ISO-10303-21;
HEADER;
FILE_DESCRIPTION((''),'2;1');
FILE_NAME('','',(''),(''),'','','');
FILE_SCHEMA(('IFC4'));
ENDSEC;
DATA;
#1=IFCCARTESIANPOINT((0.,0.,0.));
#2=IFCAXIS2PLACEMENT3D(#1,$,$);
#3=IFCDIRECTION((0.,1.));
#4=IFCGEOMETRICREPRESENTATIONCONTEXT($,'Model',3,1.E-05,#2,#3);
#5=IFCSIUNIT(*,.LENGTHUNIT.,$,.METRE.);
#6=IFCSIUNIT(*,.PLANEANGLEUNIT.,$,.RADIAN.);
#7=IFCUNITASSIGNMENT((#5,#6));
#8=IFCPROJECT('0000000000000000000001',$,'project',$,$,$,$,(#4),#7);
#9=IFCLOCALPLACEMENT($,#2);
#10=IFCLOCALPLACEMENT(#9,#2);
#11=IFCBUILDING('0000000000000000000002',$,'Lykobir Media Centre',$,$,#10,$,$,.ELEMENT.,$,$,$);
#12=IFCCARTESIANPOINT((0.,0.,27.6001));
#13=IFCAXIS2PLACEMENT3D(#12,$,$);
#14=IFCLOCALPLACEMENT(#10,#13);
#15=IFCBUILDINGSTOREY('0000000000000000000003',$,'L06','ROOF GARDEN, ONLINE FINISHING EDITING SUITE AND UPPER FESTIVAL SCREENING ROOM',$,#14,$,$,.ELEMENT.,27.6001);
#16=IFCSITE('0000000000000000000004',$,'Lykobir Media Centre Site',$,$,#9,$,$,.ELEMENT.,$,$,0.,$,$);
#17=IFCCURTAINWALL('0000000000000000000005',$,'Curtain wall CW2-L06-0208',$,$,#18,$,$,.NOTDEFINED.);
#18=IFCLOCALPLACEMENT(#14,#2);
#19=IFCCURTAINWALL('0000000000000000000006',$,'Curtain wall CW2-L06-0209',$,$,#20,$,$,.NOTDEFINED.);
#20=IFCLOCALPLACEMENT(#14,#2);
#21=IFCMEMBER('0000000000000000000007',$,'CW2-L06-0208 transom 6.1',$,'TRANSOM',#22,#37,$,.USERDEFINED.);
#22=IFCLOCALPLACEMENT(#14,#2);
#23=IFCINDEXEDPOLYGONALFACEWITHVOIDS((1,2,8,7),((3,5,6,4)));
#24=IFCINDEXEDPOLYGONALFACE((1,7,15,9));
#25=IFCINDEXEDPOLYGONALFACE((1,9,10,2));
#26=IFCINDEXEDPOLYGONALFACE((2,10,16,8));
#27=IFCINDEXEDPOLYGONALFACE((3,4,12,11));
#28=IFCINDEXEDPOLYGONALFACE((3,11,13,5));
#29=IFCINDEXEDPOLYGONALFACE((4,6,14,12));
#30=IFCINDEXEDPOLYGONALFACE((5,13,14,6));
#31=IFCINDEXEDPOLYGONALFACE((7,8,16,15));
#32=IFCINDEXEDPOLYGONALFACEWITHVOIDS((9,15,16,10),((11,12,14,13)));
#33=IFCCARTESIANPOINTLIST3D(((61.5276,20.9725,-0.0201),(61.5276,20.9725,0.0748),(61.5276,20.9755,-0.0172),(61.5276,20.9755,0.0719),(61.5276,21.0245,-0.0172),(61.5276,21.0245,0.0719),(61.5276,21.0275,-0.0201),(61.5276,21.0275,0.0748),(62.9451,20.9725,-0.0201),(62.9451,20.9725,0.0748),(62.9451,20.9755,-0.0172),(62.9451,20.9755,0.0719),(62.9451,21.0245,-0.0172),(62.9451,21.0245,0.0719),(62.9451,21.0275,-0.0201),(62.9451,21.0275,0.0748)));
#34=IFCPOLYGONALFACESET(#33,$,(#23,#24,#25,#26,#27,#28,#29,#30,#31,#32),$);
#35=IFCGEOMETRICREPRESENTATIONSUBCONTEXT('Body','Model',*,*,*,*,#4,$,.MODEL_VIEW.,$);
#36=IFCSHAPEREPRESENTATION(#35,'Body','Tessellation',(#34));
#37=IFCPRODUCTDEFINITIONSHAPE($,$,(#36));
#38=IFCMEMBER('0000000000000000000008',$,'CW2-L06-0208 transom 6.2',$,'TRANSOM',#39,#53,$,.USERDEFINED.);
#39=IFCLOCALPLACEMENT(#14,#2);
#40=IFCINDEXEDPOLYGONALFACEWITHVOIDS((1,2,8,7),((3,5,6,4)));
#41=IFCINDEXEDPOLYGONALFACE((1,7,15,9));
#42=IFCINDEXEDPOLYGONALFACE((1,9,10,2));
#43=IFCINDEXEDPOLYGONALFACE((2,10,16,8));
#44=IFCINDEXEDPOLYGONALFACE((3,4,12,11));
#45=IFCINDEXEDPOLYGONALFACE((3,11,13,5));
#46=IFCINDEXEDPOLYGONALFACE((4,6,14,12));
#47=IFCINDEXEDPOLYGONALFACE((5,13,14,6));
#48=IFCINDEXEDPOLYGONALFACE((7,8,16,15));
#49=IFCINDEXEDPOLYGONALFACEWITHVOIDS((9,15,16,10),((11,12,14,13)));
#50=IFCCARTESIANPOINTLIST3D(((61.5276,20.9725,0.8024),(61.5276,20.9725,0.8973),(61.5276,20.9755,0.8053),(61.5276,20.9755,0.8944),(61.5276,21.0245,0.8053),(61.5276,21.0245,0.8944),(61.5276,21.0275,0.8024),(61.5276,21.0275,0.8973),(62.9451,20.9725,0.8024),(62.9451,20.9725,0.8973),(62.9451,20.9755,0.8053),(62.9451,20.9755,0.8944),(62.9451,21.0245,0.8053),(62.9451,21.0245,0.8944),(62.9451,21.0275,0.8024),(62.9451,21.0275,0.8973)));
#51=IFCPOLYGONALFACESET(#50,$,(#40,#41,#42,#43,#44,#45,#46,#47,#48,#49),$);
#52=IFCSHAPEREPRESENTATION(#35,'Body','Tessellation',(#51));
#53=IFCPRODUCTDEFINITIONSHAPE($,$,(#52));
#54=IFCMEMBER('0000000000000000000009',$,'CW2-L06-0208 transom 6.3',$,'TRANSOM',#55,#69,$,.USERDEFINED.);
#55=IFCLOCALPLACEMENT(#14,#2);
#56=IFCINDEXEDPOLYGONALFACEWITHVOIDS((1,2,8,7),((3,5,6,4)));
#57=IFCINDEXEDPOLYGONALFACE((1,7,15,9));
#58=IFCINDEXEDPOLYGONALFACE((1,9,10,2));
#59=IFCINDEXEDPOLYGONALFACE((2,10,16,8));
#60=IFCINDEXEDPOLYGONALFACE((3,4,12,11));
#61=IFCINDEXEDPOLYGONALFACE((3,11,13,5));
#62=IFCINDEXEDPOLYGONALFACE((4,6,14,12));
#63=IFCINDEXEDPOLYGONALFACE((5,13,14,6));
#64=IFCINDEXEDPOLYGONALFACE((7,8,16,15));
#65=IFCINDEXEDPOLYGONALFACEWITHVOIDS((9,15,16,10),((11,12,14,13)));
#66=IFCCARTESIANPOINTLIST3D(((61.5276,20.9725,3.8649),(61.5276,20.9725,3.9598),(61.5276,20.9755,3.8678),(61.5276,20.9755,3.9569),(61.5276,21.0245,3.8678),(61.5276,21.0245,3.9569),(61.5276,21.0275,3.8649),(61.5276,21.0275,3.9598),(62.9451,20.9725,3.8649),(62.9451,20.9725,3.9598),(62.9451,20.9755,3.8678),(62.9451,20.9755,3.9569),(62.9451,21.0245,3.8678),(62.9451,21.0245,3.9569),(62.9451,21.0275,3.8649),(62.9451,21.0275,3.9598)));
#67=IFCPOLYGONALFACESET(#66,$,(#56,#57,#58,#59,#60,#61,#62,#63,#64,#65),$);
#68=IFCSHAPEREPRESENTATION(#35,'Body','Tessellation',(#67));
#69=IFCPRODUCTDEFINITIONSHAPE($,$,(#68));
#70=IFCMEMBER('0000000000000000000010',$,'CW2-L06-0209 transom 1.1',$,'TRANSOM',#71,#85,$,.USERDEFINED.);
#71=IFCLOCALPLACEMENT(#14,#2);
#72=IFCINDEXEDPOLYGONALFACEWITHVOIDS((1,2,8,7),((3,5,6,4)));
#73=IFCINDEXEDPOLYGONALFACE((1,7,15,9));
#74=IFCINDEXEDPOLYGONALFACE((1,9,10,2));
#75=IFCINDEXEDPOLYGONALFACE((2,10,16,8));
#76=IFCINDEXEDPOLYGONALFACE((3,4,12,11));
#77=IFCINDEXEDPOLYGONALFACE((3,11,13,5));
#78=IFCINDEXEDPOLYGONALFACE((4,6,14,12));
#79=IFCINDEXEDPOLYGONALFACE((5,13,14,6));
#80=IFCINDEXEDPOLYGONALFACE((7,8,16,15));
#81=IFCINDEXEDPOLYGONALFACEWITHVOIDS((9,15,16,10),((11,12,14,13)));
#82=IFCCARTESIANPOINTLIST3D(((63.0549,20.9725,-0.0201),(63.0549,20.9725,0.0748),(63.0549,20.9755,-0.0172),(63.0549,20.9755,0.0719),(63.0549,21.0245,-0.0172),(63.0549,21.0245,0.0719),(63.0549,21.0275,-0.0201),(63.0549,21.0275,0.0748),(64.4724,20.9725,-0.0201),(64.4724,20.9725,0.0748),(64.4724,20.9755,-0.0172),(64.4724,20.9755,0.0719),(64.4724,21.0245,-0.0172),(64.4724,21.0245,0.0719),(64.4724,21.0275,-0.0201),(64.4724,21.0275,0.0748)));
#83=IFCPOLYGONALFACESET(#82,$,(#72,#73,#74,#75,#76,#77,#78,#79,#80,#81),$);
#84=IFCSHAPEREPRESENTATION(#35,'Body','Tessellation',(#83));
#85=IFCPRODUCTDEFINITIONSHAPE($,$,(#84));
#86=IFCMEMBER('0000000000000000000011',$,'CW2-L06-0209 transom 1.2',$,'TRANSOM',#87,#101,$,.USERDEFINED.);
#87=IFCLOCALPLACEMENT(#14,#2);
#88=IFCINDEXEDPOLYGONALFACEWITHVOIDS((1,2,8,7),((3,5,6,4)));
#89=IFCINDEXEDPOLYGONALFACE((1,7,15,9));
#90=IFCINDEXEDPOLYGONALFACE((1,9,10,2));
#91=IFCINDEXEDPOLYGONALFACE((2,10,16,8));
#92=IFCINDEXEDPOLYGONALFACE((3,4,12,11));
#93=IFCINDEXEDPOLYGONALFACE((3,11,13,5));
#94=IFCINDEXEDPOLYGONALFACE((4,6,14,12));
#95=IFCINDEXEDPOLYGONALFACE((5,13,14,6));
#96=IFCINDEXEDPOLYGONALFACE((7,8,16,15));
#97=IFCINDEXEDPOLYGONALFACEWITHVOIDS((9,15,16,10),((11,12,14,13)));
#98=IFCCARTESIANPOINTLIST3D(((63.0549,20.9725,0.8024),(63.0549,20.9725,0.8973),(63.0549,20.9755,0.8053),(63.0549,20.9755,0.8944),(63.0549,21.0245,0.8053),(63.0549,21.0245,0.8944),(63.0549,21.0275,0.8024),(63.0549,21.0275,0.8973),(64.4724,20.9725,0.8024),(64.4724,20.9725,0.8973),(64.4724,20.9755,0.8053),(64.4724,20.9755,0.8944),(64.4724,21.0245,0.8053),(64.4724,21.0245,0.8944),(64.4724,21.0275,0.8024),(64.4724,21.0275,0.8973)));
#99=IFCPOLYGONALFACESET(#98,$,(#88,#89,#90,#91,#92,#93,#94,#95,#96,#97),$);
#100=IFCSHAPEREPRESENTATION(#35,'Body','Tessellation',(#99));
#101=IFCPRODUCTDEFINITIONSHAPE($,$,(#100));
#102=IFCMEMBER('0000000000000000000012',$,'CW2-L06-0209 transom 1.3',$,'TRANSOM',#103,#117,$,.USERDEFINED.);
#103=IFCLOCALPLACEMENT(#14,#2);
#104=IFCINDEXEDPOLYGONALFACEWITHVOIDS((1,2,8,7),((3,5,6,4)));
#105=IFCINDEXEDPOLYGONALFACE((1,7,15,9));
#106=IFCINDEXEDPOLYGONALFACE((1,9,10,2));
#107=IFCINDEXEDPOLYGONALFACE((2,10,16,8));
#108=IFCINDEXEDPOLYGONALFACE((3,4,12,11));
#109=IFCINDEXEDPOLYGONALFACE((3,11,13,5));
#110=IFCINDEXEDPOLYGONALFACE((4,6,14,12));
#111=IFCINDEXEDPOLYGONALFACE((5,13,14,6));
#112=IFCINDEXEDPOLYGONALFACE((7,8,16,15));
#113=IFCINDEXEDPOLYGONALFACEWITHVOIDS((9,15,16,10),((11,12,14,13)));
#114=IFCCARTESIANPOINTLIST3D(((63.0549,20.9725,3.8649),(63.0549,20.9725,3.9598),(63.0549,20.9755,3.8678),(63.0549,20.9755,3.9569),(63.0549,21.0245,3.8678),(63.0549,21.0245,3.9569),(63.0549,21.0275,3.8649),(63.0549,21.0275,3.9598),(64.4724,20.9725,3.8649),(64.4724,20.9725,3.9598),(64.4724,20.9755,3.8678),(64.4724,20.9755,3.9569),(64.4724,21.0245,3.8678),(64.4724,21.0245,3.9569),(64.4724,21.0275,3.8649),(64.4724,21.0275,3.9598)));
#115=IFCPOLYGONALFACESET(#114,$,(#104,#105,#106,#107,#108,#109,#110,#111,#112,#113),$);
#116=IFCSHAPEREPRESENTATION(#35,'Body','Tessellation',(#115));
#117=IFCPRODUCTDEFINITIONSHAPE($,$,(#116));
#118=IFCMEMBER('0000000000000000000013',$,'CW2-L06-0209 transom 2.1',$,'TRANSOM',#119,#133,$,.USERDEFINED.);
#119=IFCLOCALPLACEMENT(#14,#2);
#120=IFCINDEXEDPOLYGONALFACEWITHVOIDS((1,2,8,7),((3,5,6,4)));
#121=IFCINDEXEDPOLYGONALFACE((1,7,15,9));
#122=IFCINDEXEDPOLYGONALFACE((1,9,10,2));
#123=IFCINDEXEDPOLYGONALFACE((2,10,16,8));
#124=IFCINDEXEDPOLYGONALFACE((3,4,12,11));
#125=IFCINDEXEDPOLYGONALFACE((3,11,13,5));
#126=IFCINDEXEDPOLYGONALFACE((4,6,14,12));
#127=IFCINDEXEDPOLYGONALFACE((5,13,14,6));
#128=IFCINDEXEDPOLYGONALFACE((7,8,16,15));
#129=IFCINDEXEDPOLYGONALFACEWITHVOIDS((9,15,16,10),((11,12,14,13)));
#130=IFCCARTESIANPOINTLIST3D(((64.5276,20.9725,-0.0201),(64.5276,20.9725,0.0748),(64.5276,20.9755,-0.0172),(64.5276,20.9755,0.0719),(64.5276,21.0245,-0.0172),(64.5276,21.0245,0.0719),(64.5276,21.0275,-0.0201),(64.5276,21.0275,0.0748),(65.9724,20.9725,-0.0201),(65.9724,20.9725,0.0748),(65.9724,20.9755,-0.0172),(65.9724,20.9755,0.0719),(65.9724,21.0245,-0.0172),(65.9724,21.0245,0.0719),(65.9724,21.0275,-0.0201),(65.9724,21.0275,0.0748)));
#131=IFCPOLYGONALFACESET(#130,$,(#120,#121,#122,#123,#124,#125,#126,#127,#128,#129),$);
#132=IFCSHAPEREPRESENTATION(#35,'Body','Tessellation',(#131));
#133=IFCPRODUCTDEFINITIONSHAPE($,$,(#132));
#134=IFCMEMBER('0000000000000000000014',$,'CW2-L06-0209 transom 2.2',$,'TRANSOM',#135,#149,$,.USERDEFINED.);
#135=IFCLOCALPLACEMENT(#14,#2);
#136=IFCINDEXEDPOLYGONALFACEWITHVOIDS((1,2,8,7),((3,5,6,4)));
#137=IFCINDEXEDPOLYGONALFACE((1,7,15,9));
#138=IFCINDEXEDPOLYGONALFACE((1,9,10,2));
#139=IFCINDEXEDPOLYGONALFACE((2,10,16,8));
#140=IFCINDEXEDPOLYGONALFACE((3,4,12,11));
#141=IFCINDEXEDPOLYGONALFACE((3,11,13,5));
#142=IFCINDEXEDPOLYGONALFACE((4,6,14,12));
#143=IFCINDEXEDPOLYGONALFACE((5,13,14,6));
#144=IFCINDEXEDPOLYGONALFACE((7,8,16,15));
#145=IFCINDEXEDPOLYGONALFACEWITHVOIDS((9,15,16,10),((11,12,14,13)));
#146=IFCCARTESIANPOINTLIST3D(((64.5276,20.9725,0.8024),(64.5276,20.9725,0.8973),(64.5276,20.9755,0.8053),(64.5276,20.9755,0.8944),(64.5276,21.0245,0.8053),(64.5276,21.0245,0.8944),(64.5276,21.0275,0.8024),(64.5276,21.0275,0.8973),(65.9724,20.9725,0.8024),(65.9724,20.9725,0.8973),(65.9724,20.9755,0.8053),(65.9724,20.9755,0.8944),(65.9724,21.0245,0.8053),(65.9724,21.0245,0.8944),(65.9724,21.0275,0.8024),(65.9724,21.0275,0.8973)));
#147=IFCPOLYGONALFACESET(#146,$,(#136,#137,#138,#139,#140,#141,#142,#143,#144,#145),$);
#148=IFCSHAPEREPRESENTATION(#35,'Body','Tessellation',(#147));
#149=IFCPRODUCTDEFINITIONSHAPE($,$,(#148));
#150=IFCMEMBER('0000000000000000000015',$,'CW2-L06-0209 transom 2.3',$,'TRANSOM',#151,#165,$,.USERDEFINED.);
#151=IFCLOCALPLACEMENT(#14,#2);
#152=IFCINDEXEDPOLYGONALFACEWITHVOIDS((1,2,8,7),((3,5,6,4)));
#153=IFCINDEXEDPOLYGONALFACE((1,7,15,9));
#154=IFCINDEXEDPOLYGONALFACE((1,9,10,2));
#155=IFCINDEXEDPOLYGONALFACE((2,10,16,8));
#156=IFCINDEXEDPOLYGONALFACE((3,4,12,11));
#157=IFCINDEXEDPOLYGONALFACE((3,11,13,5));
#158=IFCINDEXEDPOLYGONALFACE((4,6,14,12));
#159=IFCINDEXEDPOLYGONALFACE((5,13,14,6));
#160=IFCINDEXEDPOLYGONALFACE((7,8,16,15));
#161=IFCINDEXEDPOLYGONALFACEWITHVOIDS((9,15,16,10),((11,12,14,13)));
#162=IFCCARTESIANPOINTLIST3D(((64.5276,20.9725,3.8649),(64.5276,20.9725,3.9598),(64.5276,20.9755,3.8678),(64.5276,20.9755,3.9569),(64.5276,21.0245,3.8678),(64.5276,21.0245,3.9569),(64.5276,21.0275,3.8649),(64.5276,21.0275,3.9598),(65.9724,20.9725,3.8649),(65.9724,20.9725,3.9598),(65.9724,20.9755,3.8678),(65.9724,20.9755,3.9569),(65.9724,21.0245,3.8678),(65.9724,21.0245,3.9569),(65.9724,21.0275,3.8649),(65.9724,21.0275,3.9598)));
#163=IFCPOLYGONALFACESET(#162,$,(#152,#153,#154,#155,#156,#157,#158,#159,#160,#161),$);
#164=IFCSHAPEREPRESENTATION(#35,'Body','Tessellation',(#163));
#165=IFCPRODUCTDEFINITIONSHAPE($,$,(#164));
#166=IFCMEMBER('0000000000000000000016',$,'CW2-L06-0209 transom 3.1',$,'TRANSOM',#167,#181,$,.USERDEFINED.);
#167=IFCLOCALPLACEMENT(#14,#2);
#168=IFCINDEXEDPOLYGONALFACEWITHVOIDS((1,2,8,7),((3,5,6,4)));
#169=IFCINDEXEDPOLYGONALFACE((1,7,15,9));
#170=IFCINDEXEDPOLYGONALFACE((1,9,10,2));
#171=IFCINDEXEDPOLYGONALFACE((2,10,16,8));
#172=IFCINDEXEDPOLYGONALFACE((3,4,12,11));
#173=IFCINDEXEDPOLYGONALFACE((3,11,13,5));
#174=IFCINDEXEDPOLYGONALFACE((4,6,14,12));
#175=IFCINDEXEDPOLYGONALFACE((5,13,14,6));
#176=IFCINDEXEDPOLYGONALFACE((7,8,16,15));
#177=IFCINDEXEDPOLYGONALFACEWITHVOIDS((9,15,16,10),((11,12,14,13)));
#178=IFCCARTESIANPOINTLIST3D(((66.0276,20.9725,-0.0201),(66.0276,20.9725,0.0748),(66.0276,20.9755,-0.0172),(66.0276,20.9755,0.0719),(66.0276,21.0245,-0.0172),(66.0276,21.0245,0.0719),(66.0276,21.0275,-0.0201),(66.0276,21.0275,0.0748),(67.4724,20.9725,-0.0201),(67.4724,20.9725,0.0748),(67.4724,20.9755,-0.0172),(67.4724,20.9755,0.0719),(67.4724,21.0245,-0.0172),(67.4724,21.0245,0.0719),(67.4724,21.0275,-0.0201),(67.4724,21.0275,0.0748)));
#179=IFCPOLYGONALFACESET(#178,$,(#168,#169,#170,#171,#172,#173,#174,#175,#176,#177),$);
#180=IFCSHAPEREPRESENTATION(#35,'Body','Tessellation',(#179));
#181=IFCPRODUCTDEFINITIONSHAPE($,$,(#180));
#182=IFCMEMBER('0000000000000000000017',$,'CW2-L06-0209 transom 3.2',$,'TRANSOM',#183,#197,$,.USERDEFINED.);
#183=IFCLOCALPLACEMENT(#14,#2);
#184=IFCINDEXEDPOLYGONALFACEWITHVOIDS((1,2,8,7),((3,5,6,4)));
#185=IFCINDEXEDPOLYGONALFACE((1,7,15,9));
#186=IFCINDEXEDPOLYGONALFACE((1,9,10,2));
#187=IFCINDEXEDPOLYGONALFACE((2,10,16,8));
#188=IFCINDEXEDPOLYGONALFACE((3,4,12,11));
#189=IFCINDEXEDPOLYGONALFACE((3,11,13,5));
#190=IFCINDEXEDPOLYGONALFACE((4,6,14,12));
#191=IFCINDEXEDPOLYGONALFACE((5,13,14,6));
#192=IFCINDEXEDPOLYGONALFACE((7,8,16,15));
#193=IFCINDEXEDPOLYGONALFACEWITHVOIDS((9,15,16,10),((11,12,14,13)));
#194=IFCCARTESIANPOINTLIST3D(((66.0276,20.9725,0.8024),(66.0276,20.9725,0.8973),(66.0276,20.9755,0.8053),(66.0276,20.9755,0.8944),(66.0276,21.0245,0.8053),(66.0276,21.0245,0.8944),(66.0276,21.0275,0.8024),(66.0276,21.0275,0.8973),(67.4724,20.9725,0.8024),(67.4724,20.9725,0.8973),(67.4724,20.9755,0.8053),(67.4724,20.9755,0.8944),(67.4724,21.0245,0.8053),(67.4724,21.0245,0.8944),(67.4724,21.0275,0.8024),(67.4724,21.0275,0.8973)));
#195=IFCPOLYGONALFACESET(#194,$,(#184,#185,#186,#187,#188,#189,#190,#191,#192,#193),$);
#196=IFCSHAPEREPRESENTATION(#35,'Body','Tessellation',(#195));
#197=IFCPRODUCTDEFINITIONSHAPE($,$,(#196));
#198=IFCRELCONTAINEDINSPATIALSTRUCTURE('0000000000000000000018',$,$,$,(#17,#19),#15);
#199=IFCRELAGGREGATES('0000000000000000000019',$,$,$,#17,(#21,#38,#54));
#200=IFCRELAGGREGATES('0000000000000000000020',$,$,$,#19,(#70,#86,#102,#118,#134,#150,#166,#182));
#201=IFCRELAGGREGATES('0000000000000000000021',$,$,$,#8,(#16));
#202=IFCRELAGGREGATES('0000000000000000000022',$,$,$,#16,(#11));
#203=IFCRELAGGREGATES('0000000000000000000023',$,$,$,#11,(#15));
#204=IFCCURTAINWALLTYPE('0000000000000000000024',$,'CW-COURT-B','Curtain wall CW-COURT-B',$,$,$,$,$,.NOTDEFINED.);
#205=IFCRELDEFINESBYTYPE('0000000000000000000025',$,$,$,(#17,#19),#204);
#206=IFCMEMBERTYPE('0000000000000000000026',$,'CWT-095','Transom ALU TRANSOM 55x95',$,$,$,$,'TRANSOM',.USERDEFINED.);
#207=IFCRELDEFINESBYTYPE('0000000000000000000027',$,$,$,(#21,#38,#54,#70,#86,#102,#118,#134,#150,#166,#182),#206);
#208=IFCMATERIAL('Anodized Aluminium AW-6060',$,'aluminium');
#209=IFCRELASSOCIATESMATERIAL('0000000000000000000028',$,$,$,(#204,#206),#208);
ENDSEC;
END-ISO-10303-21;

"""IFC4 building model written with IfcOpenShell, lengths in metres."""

from ifc_helpers import new_model, si_unit, direction, frame, origin, origin_2d, place, context, subcontext, project, spatial, hollow_rectangle, extrude, material, material_profile, profile_set, type_object, element, aggregate, save


model = new_model("IFC4")

# Units and contexts
model_context = context("Model", 3, precision=1e-05, world=origin(), true_north=direction((0.0, 1.0)))
body_context = subcontext(model_context, "Body", "Model", "MODEL_VIEW")
ifc_project = project(units=[si_unit("LENGTHUNIT", "METRE"), si_unit("PLANEANGLEUNIT", "RADIAN")], contexts=[model_context])

# Site, building, storey
site_placement = place(None, origin())
site = spatial("IfcSite", under=ifc_project, at=site_placement, Name="Lykobir Media Centre Site", CompositionType="ELEMENT", RefElevation=0.0)
building_placement = place(site_placement, origin())
building = spatial("IfcBuilding", under=site, at=building_placement, Name="Lykobir Media Centre", CompositionType="ELEMENT")
storey_placement = place(building_placement, frame((0.0, 0.0, 27.6001)))
storey = spatial("IfcBuildingStorey", under=building, at=storey_placement, Name="L06", Description="ROOF GARDEN, ONLINE FINISHING EDITING SUITE AND UPPER FESTIVAL SCREENING ROOM", CompositionType="ELEMENT", Elevation=27.6001)

# Curtain walls
ifc_material_1 = material(Name="Anodized Aluminium AW-6060", Category="aluminium")
curtain_wall_type = type_object("IfcCurtainWallType", Name="CW-COURT-B", Description="Curtain wall CW-COURT-B", PredefinedType="NOTDEFINED", material=ifc_material_1)
curtain_wall_1_placement = place(storey_placement, origin())
curtain_wall_1 = element("IfcCurtainWall", 1, at=curtain_wall_1_placement, inside=storey, type_object=curtain_wall_type, Name="Curtain wall CW2-L06-0208", PredefinedType="NOTDEFINED")
curtain_wall_2_placement = place(storey_placement, origin())
curtain_wall_2 = element("IfcCurtainWall", 2, at=curtain_wall_2_placement, inside=storey, type_object=curtain_wall_type, Name="Curtain wall CW2-L06-0209", PredefinedType="NOTDEFINED")

# Members
ifc_material_profile_1 = material_profile(ifc_material_1, hollow_rectangle(XDim=0.0549, YDim=0.095, WallThickness=0.0029, at=origin_2d()), Name="ALU TRANSOM 55x95")
ifc_profile_set_1 = profile_set([ifc_material_profile_1], Name="Anodized Aluminium AW-6060")
member_type_1 = type_object("IfcMemberType", Name="CWT-095", Description="Transom ALU TRANSOM 55x95", ElementType="TRANSOM", PredefinedType="USERDEFINED", material=ifc_profile_set_1)
member_1_placement = place(storey_placement, frame((61.5276, 21.0, 0.0273), z_axis=(1.0, 0.0, 0.0), x_axis=(0.0, 1.0, 0.0)))
member_1 = element("IfcMember", 3, at=member_1_placement, type_object=member_type_1, Name="CW2-L06-0208 transom 6.1", ObjectType="TRANSOM", PredefinedType="USERDEFINED", context=body_context, shape_type="SweptSolid", body=[
    extrude(hollow_rectangle(XDim=0.0549, YDim=0.095, WallThickness=0.0029, at=origin_2d()), origin(), (0.0, 0.0, 1.0), 1.4175),
])
member_2_placement = place(storey_placement, frame((61.5276, 21.0, 0.8499), z_axis=(1.0, 0.0, 0.0), x_axis=(0.0, 1.0, 0.0)))
member_2 = element("IfcMember", 4, at=member_2_placement, type_object=member_type_1, Name="CW2-L06-0208 transom 6.2", ObjectType="TRANSOM", PredefinedType="USERDEFINED", context=body_context, shape_type="SweptSolid", body=[
    extrude(hollow_rectangle(XDim=0.0549, YDim=0.095, WallThickness=0.0029, at=origin_2d()), origin(), (0.0, 0.0, 1.0), 1.4175),
])
member_3_placement = place(storey_placement, frame((61.5276, 21.0, 3.9124), z_axis=(1.0, 0.0, 0.0), x_axis=(0.0, 1.0, 0.0)))
member_3 = element("IfcMember", 5, at=member_3_placement, type_object=member_type_1, Name="CW2-L06-0208 transom 6.3", ObjectType="TRANSOM", PredefinedType="USERDEFINED", context=body_context, shape_type="SweptSolid", body=[
    extrude(hollow_rectangle(XDim=0.0549, YDim=0.095, WallThickness=0.0029, at=origin_2d()), origin(), (0.0, 0.0, 1.0), 1.4175),
])
member_4_placement = place(storey_placement, frame((63.0549, 21.0, 0.0273), z_axis=(1.0, 0.0, 0.0), x_axis=(0.0, 1.0, 0.0)))
member_4 = element("IfcMember", 6, at=member_4_placement, type_object=member_type_1, Name="CW2-L06-0209 transom 1.1", ObjectType="TRANSOM", PredefinedType="USERDEFINED", context=body_context, shape_type="SweptSolid", body=[
    extrude(hollow_rectangle(XDim=0.0549, YDim=0.095, WallThickness=0.0029, at=origin_2d()), origin(), (0.0, 0.0, 1.0), 1.4175),
])
member_5_placement = place(storey_placement, frame((63.0549, 21.0, 0.8499), z_axis=(1.0, 0.0, 0.0), x_axis=(0.0, 1.0, 0.0)))
member_5 = element("IfcMember", 7, at=member_5_placement, type_object=member_type_1, Name="CW2-L06-0209 transom 1.2", ObjectType="TRANSOM", PredefinedType="USERDEFINED", context=body_context, shape_type="SweptSolid", body=[
    extrude(hollow_rectangle(XDim=0.0549, YDim=0.095, WallThickness=0.0029, at=origin_2d()), origin(), (0.0, 0.0, 1.0), 1.4175),
])
member_6_placement = place(storey_placement, frame((63.0549, 21.0, 3.9124), z_axis=(1.0, 0.0, 0.0), x_axis=(0.0, 1.0, 0.0)))
member_6 = element("IfcMember", 8, at=member_6_placement, type_object=member_type_1, Name="CW2-L06-0209 transom 1.3", ObjectType="TRANSOM", PredefinedType="USERDEFINED", context=body_context, shape_type="SweptSolid", body=[
    extrude(hollow_rectangle(XDim=0.0549, YDim=0.095, WallThickness=0.0029, at=origin_2d()), origin(), (0.0, 0.0, 1.0), 1.4175),
])
member_7_placement = place(storey_placement, frame((64.5276, 21.0, 0.0273), z_axis=(1.0, 0.0, 0.0), x_axis=(0.0, 1.0, 0.0)))
member_7 = element("IfcMember", 9, at=member_7_placement, type_object=member_type_1, Name="CW2-L06-0209 transom 2.1", ObjectType="TRANSOM", PredefinedType="USERDEFINED", context=body_context, shape_type="SweptSolid", body=[
    extrude(hollow_rectangle(XDim=0.0549, YDim=0.095, WallThickness=0.0029, at=origin_2d()), origin(), (0.0, 0.0, 1.0), 1.4448),
])
member_8_placement = place(storey_placement, frame((64.5276, 21.0, 0.8499), z_axis=(1.0, 0.0, 0.0), x_axis=(0.0, 1.0, 0.0)))
member_8 = element("IfcMember", 10, at=member_8_placement, type_object=member_type_1, Name="CW2-L06-0209 transom 2.2", ObjectType="TRANSOM", PredefinedType="USERDEFINED", context=body_context, shape_type="SweptSolid", body=[
    extrude(hollow_rectangle(XDim=0.0549, YDim=0.095, WallThickness=0.0029, at=origin_2d()), origin(), (0.0, 0.0, 1.0), 1.4448),
])
member_9_placement = place(storey_placement, frame((64.5276, 21.0, 3.9124), z_axis=(1.0, 0.0, 0.0), x_axis=(0.0, 1.0, 0.0)))
member_9 = element("IfcMember", 11, at=member_9_placement, type_object=member_type_1, Name="CW2-L06-0209 transom 2.3", ObjectType="TRANSOM", PredefinedType="USERDEFINED", context=body_context, shape_type="SweptSolid", body=[
    extrude(hollow_rectangle(XDim=0.0549, YDim=0.095, WallThickness=0.0029, at=origin_2d()), origin(), (0.0, 0.0, 1.0), 1.4448),
])
member_10_placement = place(storey_placement, frame((66.0276, 21.0, 0.0273), z_axis=(1.0, 0.0, 0.0), x_axis=(0.0, 1.0, 0.0)))
member_10 = element("IfcMember", 12, at=member_10_placement, type_object=member_type_1, Name="CW2-L06-0209 transom 3.1", ObjectType="TRANSOM", PredefinedType="USERDEFINED", context=body_context, shape_type="SweptSolid", body=[
    extrude(hollow_rectangle(XDim=0.0549, YDim=0.095, WallThickness=0.0029, at=origin_2d()), origin(), (0.0, 0.0, 1.0), 1.4448),
])
member_11_placement = place(storey_placement, frame((66.0276, 21.0, 0.8499), z_axis=(1.0, 0.0, 0.0), x_axis=(0.0, 1.0, 0.0)))
member_11 = element("IfcMember", 13, at=member_11_placement, type_object=member_type_1, Name="CW2-L06-0209 transom 3.2", ObjectType="TRANSOM", PredefinedType="USERDEFINED", context=body_context, shape_type="SweptSolid", body=[
    extrude(hollow_rectangle(XDim=0.0549, YDim=0.095, WallThickness=0.0029, at=origin_2d()), origin(), (0.0, 0.0, 1.0), 1.4448),
])

aggregate(curtain_wall_1, [member_1, member_2, member_3])
aggregate(curtain_wall_2, [member_4, member_5, member_6, member_7, member_8, member_9, member_10, member_11])

save(model, "model.ifc")
